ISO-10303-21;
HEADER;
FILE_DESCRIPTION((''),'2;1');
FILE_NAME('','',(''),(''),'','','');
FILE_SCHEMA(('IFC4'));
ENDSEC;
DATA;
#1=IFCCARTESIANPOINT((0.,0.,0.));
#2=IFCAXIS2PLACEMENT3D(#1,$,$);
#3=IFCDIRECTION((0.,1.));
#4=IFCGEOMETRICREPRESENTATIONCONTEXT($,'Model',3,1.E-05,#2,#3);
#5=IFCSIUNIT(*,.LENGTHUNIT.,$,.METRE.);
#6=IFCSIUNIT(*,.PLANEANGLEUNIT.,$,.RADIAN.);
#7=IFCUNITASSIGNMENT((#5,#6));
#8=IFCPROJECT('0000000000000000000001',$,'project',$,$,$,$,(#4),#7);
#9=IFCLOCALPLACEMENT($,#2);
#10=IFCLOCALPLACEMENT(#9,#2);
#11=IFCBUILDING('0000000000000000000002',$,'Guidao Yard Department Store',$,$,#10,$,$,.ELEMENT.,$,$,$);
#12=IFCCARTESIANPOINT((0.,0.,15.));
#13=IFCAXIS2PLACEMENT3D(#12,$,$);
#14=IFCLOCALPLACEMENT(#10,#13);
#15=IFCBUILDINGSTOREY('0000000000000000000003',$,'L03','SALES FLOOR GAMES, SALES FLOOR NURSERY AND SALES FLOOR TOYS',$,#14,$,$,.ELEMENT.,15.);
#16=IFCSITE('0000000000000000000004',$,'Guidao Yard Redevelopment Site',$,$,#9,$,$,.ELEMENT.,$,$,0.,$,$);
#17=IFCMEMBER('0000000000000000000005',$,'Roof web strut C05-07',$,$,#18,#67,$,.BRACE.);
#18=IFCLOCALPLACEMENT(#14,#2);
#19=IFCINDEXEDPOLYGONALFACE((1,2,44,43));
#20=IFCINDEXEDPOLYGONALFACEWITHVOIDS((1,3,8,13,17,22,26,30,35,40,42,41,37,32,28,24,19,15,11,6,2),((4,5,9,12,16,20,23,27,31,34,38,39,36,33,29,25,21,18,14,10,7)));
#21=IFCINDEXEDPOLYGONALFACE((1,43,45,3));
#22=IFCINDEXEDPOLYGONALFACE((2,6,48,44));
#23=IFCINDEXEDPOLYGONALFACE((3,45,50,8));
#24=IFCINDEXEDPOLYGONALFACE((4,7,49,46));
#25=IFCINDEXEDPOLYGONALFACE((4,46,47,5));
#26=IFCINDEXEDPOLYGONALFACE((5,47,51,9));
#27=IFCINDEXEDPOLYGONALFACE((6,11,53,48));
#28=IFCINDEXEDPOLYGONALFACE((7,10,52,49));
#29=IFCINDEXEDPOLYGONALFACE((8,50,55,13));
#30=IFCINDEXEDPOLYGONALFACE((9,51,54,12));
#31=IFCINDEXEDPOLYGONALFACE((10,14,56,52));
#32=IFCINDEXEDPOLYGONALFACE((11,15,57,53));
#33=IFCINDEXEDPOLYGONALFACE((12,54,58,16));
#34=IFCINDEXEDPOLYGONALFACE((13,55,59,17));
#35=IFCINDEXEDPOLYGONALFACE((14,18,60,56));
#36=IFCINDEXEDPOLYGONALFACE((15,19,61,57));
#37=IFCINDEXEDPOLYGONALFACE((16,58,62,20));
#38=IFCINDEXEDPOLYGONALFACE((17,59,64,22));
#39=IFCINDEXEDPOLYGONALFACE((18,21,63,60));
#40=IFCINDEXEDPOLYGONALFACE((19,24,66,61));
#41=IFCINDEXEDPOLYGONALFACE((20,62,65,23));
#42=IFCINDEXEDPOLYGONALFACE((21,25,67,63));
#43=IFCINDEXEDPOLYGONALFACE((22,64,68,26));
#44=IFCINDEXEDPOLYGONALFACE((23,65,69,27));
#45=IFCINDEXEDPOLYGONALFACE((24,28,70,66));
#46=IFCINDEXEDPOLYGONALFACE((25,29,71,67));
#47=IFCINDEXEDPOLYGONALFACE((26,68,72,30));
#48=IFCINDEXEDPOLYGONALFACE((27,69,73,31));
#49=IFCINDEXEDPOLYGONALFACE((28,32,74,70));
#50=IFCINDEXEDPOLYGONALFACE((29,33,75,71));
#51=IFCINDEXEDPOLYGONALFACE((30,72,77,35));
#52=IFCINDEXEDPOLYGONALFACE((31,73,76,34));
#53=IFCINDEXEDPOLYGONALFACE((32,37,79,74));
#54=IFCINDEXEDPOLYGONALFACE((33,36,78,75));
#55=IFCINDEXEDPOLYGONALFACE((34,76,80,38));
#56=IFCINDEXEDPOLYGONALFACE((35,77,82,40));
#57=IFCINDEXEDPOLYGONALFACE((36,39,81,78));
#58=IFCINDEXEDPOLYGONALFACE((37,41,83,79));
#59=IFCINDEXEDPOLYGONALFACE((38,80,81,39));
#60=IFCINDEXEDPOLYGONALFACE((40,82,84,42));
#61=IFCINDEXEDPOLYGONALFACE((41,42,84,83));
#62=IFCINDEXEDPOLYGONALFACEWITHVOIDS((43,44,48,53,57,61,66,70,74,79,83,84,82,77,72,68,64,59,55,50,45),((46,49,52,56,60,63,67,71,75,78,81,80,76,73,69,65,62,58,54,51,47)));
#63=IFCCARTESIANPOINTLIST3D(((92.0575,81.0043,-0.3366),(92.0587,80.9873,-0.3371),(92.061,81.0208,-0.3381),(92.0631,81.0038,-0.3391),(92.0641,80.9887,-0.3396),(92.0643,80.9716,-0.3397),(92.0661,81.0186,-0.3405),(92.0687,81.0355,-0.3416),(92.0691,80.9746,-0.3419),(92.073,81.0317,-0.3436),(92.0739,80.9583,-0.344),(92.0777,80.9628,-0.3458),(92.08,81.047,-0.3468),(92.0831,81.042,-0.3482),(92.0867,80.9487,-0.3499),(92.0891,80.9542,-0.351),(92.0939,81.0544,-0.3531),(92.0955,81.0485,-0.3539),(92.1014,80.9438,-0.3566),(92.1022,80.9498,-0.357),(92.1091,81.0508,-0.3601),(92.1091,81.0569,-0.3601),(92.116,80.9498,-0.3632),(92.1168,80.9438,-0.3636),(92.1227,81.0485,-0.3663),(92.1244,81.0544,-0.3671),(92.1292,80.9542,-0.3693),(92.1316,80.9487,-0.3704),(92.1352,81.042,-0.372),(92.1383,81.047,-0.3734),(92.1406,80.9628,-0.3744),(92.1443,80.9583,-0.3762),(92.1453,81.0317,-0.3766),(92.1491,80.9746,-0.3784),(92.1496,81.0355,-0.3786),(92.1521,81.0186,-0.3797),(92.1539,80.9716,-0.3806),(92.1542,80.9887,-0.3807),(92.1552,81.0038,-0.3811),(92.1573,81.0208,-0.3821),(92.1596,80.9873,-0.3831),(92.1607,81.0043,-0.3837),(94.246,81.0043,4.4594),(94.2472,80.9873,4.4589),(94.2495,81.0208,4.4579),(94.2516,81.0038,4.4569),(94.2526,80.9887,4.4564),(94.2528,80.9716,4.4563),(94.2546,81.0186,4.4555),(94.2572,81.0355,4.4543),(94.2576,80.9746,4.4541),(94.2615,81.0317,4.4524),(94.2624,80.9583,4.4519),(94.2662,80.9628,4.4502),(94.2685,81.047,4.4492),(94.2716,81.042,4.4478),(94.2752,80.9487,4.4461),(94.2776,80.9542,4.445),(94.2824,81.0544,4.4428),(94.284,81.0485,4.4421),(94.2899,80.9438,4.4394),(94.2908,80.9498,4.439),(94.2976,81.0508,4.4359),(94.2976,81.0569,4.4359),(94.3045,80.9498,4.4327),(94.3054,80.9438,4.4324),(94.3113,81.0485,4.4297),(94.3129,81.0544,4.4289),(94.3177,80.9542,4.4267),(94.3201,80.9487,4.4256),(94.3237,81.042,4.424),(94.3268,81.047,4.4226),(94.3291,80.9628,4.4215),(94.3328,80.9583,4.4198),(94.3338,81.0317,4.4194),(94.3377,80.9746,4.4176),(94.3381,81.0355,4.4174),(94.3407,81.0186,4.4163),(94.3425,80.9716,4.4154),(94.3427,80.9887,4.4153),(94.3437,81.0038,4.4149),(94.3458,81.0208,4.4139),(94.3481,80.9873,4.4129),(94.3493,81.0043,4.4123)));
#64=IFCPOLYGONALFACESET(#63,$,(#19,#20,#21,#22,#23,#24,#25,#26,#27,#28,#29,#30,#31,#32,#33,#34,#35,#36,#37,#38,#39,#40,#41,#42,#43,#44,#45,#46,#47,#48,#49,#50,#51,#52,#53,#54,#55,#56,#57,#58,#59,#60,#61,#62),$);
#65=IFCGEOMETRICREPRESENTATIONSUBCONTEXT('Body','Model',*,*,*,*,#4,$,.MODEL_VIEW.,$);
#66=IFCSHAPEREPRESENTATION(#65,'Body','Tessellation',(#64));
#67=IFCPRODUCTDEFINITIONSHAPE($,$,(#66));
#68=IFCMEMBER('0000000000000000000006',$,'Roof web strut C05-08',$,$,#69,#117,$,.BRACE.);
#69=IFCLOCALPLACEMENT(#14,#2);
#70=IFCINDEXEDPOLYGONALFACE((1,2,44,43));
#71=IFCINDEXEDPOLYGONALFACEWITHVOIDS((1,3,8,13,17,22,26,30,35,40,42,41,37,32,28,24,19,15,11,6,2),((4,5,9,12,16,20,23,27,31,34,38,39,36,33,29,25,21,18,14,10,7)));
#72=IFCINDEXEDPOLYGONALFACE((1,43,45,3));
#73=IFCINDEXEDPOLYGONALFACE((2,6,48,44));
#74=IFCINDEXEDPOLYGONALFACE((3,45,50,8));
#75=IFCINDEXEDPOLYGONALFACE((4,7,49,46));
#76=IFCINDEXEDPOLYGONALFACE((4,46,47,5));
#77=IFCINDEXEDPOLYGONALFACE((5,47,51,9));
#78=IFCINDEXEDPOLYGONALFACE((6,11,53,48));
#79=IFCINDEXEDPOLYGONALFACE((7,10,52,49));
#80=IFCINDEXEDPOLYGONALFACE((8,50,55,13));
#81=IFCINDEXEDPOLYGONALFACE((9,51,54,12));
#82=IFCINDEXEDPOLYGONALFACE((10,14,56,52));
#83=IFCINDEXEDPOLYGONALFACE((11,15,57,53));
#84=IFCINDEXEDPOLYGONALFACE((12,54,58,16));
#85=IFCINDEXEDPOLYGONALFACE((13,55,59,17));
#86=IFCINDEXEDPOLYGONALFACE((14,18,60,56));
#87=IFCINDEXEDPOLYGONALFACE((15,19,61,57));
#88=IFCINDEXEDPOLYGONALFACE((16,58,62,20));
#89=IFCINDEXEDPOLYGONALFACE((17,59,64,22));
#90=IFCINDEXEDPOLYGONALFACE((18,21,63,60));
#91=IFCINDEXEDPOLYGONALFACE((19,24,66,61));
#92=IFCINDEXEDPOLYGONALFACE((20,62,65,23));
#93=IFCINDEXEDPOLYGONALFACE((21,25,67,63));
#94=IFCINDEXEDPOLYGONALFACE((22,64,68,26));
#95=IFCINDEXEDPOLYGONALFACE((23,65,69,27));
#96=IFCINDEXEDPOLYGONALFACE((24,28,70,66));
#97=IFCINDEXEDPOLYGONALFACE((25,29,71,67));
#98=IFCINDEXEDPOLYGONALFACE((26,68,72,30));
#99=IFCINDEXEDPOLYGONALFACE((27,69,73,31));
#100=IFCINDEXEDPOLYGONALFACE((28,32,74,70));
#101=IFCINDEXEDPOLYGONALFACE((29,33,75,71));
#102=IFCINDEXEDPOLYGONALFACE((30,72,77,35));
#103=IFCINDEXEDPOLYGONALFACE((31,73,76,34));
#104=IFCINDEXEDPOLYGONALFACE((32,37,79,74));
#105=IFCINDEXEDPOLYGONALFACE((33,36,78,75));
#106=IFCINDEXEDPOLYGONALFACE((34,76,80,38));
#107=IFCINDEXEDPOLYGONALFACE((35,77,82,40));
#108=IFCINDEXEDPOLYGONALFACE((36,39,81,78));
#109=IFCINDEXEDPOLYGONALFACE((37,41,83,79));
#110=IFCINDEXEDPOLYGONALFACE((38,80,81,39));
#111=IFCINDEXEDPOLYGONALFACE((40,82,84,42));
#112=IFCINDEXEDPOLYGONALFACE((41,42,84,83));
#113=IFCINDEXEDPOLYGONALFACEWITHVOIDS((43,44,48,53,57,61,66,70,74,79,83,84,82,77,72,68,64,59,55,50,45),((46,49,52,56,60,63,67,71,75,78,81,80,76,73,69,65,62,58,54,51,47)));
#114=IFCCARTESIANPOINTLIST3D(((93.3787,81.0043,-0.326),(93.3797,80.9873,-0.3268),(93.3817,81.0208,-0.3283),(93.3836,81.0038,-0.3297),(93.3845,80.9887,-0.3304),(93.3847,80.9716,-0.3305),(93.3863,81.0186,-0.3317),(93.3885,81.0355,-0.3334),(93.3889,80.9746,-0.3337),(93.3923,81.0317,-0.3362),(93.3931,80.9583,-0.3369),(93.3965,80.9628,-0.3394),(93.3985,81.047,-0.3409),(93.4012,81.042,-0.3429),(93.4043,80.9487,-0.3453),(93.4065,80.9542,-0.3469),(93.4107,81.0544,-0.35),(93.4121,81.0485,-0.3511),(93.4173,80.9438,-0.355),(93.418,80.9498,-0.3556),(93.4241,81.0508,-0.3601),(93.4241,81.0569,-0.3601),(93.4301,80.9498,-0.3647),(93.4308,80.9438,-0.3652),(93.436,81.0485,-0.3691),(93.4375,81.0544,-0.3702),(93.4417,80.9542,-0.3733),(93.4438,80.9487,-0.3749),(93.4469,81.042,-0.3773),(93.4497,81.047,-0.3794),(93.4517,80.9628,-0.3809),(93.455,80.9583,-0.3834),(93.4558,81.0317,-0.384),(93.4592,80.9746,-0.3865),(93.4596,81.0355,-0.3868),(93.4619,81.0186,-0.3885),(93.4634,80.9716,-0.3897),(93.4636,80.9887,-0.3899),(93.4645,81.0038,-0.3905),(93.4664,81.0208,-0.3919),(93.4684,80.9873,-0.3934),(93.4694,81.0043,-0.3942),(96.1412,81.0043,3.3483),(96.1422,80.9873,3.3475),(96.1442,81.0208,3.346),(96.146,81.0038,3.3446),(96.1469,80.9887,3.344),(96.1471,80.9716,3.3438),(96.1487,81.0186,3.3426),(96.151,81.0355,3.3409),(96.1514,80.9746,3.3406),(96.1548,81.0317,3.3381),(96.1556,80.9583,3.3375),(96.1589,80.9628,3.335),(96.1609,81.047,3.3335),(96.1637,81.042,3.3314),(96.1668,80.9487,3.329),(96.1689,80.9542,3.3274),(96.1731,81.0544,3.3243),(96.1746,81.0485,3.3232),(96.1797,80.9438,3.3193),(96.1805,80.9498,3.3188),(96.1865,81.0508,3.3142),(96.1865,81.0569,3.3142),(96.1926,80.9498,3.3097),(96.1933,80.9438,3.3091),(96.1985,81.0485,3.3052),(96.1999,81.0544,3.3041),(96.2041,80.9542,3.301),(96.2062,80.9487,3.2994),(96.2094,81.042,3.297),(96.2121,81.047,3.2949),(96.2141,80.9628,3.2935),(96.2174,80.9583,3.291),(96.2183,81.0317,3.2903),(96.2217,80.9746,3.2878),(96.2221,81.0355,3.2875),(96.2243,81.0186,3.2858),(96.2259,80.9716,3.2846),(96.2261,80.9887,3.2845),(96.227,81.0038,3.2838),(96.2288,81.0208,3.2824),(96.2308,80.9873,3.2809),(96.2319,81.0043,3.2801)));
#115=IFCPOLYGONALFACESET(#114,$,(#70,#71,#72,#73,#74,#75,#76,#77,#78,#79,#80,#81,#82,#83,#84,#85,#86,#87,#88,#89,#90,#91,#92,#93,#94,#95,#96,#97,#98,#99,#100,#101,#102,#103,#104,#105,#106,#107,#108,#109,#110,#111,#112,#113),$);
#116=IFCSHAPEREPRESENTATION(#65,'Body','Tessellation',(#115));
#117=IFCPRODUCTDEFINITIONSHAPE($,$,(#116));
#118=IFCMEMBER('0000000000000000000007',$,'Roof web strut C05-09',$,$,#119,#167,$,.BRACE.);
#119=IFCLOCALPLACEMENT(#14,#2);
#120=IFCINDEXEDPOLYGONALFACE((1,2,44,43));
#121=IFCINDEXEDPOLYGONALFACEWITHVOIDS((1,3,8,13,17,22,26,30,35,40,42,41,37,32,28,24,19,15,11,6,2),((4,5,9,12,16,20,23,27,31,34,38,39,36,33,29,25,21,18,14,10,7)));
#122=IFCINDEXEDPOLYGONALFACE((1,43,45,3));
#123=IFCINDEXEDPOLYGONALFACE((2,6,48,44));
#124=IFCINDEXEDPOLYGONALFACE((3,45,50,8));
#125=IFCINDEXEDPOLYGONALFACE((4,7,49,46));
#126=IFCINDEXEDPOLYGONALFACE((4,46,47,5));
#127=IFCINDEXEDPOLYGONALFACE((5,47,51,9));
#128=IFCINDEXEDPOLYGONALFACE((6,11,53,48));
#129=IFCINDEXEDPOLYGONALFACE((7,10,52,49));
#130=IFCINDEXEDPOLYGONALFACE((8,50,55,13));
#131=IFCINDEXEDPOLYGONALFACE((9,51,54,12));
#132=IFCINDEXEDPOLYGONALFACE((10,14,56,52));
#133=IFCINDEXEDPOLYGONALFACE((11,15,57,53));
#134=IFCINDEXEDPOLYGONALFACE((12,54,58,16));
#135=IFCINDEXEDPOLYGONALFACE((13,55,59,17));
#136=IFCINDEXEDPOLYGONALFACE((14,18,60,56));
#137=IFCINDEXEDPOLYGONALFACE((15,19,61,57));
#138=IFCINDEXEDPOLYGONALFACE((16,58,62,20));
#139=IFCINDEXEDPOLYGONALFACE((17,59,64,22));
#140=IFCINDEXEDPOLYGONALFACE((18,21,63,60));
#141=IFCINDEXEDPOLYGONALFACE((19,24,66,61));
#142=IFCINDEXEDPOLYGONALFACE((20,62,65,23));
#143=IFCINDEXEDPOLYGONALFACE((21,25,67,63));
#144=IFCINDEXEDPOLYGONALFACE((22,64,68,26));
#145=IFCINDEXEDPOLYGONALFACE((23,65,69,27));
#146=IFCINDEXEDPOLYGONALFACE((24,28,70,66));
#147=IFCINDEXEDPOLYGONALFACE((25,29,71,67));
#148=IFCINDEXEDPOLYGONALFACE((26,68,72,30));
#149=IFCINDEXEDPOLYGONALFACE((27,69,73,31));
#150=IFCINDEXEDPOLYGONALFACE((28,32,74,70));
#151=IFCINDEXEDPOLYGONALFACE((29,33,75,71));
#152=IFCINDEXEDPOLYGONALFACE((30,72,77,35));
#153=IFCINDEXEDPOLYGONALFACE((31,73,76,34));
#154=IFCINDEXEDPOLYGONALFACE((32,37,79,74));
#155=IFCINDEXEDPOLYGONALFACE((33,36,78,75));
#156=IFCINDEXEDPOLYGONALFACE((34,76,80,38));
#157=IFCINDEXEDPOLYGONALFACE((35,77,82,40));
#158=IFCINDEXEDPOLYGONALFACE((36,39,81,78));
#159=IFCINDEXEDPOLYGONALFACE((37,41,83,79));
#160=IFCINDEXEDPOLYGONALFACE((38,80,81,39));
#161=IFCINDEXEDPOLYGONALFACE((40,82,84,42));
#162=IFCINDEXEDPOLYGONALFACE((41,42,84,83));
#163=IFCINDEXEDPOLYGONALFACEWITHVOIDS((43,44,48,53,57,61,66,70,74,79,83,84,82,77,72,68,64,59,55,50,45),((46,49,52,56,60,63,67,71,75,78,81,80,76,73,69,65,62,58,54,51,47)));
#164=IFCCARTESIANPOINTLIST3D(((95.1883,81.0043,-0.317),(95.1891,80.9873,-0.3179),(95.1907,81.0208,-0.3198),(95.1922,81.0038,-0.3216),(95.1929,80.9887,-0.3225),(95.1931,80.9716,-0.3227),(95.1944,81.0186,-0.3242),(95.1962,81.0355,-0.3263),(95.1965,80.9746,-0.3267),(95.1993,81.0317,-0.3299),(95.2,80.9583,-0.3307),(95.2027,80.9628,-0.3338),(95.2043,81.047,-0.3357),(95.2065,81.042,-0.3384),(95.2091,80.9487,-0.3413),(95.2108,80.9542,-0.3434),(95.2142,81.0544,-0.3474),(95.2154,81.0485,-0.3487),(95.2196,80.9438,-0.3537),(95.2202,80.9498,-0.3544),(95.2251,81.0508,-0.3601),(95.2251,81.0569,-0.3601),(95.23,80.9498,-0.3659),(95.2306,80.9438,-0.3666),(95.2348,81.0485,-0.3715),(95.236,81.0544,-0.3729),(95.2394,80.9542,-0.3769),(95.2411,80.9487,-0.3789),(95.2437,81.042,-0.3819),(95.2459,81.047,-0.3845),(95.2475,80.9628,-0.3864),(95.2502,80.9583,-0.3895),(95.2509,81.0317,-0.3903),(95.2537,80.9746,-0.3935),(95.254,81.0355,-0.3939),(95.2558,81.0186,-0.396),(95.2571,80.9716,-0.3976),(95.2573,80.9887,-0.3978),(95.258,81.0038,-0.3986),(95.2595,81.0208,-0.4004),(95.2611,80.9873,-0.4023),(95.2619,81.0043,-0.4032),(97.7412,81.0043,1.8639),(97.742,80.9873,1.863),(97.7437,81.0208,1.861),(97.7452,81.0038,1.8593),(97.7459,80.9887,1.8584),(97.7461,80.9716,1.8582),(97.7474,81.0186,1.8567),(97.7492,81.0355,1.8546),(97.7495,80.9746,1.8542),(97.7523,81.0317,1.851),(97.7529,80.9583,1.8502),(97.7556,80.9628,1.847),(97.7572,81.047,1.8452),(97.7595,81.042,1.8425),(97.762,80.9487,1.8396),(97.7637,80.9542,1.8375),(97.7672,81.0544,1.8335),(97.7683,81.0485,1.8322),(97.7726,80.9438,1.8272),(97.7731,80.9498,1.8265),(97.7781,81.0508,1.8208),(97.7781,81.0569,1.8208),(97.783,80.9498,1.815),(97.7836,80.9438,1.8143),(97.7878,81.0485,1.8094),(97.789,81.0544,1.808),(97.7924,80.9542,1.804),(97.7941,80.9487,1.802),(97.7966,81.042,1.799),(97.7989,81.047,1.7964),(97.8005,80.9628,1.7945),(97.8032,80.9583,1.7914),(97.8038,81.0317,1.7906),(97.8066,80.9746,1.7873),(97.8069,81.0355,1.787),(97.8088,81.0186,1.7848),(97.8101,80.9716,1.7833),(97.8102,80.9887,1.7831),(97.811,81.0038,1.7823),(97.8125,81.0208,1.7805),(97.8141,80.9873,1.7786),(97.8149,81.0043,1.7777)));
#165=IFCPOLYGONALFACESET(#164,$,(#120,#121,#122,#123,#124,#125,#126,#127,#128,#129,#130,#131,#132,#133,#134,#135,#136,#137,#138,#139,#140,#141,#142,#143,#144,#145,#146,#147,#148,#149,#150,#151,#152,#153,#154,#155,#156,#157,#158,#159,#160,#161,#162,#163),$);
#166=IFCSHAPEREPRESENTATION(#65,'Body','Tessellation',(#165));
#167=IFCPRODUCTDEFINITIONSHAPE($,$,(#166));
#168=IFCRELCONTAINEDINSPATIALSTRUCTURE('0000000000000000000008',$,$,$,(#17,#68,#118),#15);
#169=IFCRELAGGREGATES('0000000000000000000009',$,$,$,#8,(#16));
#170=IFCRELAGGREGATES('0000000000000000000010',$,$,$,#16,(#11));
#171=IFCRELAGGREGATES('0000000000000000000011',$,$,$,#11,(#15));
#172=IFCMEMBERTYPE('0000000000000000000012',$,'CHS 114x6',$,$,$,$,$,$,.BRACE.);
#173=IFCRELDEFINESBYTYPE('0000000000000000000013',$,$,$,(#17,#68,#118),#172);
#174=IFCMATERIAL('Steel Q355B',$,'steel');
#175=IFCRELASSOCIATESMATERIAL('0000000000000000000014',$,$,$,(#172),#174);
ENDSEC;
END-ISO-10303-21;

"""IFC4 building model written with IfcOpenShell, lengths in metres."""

from ifc_helpers import new_model, si_unit, direction, frame, origin, origin_2d, place, context, subcontext, project, spatial, hollow_circle, extrude, material, material_profile, profile_set, type_object, element, save


model = new_model("IFC4")

# Units and contexts
model_context = context("Model", 3, precision=1e-05, world=origin(), true_north=direction((0.0, 1.0)))
body_context = subcontext(model_context, "Body", "Model", "MODEL_VIEW")
ifc_project = project(units=[si_unit("LENGTHUNIT", "METRE"), si_unit("PLANEANGLEUNIT", "RADIAN")], contexts=[model_context])

# Site, building, storey
site_placement = place(None, origin())
site = spatial("IfcSite", under=ifc_project, at=site_placement, Name="Guidao Yard Redevelopment Site", CompositionType="ELEMENT", RefElevation=0.0)
building_placement = place(site_placement, origin())
building = spatial("IfcBuilding", under=site, at=building_placement, Name="Guidao Yard Department Store", CompositionType="ELEMENT")
storey_placement = place(building_placement, frame((0.0, 0.0, 15.0)))
storey = spatial("IfcBuildingStorey", under=building, at=storey_placement, Name="L03", Description="SALES FLOOR GAMES, SALES FLOOR NURSERY AND SALES FLOOR TOYS", CompositionType="ELEMENT", Elevation=15.0)

# Members
ifc_material_1 = material(Name="Steel Q355B", Category="steel")
ifc_material_profile_1 = material_profile(ifc_material_1, hollow_circle(Radius=0.0569, WallThickness=0.0061, at=origin_2d()), Name="CHS 114x6")
ifc_profile_set_1 = profile_set([ifc_material_profile_1], Name="Steel Q355B")
member_type_1 = type_object("IfcMemberType", Name="CHS 114x6", PredefinedType="BRACE", material=ifc_profile_set_1)
member_1_placement = place(storey_placement, frame((92.1091, 81.0, -0.3601), z_axis=(0.415142, 0.0, 0.909756), x_axis=(0.0, 1.0, 0.0)))
element("IfcMember", 1, at=member_1_placement, inside=storey, type_object=member_type_1, Name="Roof web strut C05-07", PredefinedType="BRACE", context=body_context, shape_type="SweptSolid", body=[
    extrude(hollow_circle(Radius=0.0569, WallThickness=0.0061, at=origin_2d()), origin(), (0.0, 0.0, 1.0), 5.2717),
])
member_2_placement = place(storey_placement, frame((93.4241, 81.0, -0.3601), z_axis=(0.600934, 0.0, 0.799298), x_axis=(0.0, 1.0, 0.0)))
element("IfcMember", 2, at=member_2_placement, inside=storey, type_object=member_type_1, Name="Roof web strut C05-08", PredefinedType="BRACE", context=body_context, shape_type="SweptSolid", body=[
    extrude(hollow_circle(Radius=0.0569, WallThickness=0.0061, at=origin_2d()), origin(), (0.0, 0.0, 1.0), 4.5969),
])
member_3_placement = place(storey_placement, frame((95.2251, 81.0, -0.3601), z_axis=(0.760339, 0.0, 0.649527), x_axis=(0.0, 1.0, 0.0)))
element("IfcMember", 3, at=member_3_placement, inside=storey, type_object=member_type_1, Name="Roof web strut C05-09", PredefinedType="BRACE", context=body_context, shape_type="SweptSolid", body=[
    extrude(hollow_circle(Radius=0.0569, WallThickness=0.0061, at=origin_2d()), origin(), (0.0, 0.0, 1.0), 3.3577),
])

save(model, "model.ifc")
